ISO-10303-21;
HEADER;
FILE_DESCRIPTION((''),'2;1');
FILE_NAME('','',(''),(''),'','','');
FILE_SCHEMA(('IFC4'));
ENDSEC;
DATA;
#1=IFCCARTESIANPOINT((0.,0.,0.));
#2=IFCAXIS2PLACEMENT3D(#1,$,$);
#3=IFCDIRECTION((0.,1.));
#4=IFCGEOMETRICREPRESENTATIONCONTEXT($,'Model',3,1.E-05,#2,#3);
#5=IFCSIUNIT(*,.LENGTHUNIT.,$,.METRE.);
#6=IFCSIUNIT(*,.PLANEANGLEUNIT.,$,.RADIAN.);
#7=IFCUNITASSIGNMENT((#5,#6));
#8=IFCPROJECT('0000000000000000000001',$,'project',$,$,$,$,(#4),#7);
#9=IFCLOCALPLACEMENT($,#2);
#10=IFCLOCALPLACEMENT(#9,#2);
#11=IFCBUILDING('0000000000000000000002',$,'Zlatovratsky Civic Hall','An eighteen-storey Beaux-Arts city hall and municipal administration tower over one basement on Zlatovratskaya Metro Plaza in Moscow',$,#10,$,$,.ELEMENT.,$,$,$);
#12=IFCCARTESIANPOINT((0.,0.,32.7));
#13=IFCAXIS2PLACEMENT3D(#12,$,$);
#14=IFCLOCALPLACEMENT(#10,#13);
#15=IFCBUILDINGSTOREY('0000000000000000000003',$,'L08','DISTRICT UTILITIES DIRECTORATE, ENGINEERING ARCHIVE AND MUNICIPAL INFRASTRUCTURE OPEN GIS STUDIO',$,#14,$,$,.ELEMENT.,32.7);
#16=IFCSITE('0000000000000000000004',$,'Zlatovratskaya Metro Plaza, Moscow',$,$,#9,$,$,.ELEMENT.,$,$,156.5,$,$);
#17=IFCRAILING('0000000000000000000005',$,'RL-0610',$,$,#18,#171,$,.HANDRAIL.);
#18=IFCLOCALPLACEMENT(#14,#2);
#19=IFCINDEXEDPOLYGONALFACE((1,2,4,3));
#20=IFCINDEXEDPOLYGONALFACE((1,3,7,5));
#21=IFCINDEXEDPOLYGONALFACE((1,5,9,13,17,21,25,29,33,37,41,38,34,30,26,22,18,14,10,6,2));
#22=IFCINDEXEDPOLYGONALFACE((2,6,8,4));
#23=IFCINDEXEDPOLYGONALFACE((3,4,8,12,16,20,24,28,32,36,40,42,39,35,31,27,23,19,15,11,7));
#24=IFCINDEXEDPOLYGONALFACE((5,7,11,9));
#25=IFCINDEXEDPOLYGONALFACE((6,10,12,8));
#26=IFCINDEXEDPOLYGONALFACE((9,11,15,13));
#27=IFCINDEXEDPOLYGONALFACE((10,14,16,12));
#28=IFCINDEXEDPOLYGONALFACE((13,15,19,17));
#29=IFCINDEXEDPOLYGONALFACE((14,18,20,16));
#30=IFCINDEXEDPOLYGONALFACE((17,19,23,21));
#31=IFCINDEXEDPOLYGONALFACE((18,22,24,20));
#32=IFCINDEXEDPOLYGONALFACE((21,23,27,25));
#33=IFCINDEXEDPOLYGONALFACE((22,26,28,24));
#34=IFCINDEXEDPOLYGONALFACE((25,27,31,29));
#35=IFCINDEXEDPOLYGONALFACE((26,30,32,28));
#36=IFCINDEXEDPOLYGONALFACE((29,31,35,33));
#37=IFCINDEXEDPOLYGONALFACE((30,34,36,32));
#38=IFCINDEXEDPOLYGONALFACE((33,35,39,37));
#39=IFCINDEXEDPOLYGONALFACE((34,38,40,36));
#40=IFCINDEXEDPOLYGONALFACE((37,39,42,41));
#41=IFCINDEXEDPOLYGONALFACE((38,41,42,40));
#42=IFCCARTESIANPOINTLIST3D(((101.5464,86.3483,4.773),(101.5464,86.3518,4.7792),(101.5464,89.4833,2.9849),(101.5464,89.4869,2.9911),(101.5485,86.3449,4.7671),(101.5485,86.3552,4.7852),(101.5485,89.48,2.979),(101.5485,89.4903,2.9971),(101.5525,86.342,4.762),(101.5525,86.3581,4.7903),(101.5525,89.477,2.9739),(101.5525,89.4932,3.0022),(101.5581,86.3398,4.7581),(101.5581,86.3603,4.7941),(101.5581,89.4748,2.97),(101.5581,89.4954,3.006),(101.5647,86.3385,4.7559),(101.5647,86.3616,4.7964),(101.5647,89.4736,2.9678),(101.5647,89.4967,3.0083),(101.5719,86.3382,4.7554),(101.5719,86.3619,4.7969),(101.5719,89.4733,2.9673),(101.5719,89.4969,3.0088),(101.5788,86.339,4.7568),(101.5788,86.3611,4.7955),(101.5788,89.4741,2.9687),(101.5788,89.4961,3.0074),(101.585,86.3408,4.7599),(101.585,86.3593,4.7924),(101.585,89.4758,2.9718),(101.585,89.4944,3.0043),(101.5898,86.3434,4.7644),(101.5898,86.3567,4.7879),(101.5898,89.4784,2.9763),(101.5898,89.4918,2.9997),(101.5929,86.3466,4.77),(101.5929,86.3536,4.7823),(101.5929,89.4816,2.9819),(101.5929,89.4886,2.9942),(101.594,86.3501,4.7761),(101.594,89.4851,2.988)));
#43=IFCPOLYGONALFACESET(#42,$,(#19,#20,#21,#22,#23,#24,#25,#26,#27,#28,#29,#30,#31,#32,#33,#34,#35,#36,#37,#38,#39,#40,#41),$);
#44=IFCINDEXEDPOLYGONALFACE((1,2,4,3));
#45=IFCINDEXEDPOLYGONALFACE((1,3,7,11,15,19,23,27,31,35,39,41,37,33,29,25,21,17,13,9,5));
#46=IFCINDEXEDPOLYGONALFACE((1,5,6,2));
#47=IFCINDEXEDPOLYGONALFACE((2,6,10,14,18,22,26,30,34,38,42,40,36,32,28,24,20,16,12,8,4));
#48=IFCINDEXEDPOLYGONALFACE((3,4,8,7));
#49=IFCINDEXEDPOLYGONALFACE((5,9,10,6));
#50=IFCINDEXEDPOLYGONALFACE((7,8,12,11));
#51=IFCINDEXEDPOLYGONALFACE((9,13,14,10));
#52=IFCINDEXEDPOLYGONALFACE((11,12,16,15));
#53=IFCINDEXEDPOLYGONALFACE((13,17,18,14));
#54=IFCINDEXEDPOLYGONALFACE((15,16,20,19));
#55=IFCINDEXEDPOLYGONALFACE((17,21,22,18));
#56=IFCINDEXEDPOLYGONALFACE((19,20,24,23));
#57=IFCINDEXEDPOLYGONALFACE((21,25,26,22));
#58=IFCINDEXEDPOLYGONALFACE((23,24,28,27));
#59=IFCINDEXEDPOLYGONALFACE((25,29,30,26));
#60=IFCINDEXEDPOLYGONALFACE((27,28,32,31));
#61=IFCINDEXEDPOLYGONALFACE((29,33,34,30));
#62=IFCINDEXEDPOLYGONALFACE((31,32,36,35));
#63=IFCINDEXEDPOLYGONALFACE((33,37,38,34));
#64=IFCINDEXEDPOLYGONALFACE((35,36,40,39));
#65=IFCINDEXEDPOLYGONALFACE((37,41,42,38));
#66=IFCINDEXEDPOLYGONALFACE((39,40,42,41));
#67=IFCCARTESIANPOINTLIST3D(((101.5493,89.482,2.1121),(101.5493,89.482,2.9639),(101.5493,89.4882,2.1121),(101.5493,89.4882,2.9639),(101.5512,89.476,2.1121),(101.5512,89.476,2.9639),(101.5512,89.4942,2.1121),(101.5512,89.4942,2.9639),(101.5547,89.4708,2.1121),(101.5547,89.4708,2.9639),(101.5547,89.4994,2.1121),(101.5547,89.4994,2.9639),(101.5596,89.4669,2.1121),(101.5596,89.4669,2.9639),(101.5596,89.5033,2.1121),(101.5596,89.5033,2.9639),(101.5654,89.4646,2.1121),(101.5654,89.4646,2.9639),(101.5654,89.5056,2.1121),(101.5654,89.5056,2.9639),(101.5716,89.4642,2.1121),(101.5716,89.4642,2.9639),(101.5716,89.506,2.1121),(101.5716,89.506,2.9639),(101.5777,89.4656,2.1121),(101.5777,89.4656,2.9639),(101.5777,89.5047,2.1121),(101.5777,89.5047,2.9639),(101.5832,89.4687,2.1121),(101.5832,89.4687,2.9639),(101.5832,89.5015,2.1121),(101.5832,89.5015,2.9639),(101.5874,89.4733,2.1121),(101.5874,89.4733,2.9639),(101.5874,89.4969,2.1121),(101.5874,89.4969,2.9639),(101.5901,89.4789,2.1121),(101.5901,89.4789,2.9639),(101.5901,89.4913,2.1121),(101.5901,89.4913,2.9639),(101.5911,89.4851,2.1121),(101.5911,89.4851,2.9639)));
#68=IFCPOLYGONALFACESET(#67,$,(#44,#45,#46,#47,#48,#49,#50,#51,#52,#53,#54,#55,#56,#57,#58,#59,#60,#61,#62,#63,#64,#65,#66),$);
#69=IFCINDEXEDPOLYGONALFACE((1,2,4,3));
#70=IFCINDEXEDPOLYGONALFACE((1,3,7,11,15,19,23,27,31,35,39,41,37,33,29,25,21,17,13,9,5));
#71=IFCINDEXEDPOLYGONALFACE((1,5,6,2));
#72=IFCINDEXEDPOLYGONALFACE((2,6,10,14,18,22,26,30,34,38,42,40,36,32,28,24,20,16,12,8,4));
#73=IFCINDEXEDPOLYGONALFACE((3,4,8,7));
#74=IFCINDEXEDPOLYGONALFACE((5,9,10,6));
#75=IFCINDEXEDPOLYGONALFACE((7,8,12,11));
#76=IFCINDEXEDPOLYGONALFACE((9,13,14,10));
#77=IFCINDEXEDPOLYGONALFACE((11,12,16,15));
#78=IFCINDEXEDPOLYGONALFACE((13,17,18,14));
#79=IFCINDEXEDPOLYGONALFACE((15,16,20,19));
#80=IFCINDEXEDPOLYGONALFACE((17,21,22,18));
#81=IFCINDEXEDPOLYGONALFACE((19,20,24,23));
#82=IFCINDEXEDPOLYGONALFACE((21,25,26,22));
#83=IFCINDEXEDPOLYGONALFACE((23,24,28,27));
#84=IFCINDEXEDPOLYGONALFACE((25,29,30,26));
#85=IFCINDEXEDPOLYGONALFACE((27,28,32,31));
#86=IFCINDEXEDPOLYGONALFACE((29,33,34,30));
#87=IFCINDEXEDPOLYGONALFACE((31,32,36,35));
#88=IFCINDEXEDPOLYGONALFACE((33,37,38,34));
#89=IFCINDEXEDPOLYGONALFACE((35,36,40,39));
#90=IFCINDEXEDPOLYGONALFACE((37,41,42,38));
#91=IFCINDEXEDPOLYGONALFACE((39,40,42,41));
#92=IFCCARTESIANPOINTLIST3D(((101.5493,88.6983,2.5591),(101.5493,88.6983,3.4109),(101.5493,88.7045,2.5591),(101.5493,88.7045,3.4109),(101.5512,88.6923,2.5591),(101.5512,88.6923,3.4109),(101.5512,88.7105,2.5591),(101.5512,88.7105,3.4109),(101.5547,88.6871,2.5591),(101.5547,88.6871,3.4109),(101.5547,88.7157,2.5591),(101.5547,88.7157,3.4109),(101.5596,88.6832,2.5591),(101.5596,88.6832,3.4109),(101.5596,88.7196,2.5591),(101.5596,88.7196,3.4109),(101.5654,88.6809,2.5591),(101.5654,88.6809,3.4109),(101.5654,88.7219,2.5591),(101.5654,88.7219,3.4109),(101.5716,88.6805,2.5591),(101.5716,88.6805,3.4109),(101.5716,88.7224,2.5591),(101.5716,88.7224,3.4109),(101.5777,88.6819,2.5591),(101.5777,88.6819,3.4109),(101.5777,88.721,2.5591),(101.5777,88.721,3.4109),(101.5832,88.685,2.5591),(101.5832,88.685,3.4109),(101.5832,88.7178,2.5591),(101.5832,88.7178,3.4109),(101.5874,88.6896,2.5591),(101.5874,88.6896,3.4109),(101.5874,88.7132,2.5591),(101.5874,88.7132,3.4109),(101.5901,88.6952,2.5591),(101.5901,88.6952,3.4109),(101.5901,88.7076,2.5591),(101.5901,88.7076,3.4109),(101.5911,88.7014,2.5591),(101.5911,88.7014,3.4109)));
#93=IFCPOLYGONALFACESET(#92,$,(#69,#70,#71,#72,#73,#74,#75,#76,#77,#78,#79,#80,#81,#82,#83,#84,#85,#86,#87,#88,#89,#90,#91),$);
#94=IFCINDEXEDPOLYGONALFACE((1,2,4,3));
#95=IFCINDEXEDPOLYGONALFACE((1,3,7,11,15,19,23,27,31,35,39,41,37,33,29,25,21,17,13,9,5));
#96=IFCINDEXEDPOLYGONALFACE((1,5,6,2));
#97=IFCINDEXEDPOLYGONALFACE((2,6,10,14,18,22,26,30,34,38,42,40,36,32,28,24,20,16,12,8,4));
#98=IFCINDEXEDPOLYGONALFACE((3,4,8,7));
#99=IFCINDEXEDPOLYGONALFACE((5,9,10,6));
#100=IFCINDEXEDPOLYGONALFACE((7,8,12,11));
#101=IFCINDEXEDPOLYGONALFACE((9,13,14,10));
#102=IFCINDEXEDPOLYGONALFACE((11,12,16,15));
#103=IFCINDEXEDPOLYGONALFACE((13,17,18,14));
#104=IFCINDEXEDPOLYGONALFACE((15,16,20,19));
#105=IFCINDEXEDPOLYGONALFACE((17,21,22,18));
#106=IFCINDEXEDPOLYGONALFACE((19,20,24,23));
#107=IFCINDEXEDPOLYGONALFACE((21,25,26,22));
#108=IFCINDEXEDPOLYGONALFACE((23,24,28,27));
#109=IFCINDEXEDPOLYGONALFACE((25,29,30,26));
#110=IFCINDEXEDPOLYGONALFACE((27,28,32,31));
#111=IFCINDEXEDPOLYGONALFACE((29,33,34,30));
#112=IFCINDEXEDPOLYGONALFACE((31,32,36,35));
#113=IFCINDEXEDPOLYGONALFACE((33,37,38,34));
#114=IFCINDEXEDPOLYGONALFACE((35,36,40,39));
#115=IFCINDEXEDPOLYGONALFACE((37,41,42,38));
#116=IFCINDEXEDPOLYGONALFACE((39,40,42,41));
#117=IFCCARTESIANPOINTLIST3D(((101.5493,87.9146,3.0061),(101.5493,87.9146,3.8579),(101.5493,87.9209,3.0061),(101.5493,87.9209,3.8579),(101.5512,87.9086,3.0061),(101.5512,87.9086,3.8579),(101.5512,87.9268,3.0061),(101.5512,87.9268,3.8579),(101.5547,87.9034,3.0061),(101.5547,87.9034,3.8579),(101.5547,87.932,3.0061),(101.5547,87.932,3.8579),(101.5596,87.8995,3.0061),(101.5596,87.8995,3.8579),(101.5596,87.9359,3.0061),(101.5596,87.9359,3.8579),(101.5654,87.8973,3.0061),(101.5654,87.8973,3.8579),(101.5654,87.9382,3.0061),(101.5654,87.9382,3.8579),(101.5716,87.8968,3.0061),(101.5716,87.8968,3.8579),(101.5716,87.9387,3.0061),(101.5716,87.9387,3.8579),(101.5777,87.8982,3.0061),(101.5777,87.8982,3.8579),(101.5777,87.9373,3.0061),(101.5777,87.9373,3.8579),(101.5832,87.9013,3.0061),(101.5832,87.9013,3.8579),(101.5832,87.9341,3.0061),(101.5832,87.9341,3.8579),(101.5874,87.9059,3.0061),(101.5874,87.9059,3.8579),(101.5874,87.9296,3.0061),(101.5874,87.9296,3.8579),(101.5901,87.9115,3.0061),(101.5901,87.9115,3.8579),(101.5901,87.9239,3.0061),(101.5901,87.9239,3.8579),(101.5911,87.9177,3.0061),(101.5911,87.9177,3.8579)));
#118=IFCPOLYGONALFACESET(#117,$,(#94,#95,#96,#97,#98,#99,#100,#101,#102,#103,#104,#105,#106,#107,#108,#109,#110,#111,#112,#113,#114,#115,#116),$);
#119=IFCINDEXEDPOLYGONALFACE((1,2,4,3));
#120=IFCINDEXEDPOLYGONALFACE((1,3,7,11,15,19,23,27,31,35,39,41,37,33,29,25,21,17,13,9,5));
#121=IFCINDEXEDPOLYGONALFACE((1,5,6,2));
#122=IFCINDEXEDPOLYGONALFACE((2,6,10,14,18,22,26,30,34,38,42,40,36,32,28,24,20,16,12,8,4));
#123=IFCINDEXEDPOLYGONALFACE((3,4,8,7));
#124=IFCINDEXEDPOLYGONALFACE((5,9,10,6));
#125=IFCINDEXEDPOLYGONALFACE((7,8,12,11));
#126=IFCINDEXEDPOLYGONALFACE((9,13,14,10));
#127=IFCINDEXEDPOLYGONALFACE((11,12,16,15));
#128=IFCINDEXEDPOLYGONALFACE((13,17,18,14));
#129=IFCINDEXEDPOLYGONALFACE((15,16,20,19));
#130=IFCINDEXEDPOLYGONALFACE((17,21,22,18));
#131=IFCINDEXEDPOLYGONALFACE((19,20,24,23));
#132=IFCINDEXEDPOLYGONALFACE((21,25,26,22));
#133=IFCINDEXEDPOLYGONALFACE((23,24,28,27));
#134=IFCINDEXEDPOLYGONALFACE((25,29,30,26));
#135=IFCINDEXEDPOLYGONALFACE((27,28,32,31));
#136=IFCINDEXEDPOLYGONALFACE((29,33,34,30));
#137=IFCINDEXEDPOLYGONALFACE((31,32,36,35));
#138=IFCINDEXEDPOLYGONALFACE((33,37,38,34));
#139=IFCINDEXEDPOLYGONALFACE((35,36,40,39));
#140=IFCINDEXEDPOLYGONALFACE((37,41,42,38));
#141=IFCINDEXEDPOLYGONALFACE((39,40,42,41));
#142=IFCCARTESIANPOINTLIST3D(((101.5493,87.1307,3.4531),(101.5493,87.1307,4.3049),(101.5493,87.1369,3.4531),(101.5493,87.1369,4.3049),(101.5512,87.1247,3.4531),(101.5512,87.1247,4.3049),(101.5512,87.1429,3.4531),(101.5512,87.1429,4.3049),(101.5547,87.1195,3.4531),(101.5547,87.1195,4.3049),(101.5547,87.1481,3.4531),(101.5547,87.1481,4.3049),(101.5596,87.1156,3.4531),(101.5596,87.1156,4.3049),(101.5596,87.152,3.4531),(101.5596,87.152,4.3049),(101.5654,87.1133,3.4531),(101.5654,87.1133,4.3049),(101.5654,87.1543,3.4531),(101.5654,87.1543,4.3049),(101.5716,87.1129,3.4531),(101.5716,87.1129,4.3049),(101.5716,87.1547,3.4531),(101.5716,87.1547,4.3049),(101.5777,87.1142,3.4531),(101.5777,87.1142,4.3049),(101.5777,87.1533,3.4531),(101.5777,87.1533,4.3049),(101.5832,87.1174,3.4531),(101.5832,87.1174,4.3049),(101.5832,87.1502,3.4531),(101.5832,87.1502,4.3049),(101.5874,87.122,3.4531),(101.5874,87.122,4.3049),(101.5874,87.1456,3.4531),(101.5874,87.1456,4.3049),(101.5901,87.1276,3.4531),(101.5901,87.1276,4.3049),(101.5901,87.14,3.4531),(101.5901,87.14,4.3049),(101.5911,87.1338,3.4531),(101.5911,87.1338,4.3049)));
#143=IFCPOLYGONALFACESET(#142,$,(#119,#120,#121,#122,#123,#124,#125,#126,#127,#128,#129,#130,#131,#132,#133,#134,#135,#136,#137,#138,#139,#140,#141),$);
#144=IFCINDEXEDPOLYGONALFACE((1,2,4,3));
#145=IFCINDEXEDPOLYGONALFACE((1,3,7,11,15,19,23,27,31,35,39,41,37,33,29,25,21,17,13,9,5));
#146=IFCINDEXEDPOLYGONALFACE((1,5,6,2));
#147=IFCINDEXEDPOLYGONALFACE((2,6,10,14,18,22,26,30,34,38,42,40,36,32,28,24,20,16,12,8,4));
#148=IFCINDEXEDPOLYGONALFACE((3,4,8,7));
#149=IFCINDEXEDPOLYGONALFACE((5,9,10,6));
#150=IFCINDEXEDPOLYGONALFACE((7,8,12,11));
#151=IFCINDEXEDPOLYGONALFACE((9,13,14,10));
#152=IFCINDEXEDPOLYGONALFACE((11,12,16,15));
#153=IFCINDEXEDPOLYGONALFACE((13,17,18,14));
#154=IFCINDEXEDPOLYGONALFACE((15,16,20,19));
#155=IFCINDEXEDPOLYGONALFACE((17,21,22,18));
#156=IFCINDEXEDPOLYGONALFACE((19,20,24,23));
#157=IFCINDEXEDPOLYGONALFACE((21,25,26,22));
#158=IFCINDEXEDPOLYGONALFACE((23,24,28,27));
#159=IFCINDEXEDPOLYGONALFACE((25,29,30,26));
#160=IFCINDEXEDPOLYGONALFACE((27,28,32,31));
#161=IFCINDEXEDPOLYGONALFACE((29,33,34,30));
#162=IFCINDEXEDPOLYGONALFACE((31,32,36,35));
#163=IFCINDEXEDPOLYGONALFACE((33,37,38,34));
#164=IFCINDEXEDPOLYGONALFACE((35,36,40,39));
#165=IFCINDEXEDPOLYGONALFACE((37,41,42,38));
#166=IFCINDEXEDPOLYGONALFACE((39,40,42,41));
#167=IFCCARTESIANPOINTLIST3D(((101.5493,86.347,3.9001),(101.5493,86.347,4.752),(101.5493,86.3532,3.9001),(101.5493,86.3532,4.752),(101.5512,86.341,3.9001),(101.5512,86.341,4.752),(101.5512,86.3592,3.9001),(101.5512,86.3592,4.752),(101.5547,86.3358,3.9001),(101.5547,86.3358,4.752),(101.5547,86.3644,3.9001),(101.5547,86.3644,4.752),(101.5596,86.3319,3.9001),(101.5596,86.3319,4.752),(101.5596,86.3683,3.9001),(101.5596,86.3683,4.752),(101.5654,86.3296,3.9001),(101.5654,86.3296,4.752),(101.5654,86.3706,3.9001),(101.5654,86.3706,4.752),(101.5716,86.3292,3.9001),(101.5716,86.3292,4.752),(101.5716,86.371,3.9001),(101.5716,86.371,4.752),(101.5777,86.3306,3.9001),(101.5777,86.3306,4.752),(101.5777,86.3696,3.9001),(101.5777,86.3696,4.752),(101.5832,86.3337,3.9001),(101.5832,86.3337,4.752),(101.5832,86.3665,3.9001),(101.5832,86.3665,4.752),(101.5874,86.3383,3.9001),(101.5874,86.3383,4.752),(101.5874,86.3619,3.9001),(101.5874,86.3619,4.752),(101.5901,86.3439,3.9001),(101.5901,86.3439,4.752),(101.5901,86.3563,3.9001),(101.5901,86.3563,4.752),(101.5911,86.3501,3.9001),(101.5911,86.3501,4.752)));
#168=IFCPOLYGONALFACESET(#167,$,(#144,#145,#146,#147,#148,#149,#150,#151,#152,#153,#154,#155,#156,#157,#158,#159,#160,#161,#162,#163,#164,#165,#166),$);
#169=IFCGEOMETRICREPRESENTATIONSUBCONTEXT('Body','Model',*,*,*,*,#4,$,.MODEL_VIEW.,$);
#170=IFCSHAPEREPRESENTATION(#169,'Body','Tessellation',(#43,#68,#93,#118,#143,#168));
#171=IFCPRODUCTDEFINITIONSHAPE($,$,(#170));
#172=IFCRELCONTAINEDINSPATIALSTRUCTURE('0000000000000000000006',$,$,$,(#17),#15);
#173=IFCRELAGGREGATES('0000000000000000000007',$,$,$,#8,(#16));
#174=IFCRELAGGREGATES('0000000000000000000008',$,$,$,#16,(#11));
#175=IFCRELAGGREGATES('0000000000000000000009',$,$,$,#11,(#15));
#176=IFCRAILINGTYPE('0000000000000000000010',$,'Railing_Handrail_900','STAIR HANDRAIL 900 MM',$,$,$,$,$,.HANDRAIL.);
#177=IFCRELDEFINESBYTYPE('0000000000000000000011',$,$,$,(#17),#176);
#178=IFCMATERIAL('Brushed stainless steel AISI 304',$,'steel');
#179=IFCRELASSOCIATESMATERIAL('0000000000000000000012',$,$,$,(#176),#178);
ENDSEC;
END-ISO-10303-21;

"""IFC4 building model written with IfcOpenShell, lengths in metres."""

from ifc_helpers import new_model, si_unit, direction, frame, origin, origin_2d, place, context, subcontext, project, spatial, circle, extrude, material, type_object, element, save


model = new_model("IFC4")

# Units and contexts
model_context = context("Model", 3, precision=1e-05, world=origin(), true_north=direction((0.0, 1.0)))
body_context = subcontext(model_context, "Body", "Model", "MODEL_VIEW")
ifc_project = project(units=[si_unit("LENGTHUNIT", "METRE"), si_unit("PLANEANGLEUNIT", "RADIAN")], contexts=[model_context])

# Site, building, storey
site_placement = place(None, origin())
site = spatial("IfcSite", under=ifc_project, at=site_placement, Name="Zlatovratskaya Metro Plaza, Moscow", CompositionType="ELEMENT", RefElevation=156.5)
building_placement = place(site_placement, origin())
building = spatial("IfcBuilding", under=site, at=building_placement, Name="Zlatovratsky Civic Hall", Description="An eighteen-storey Beaux-Arts city hall and municipal administration tower over one basement on Zlatovratskaya Metro Plaza in Moscow", CompositionType="ELEMENT")
storey_placement = place(building_placement, frame((0.0, 0.0, 32.7)))
storey = spatial("IfcBuildingStorey", under=building, at=storey_placement, Name="L08", Description="DISTRICT UTILITIES DIRECTORATE, ENGINEERING ARCHIVE AND MUNICIPAL INFRASTRUCTURE OPEN GIS STUDIO", CompositionType="ELEMENT", Elevation=32.7)

# Railing
ifc_material_1 = material(Name="Brushed stainless steel AISI 304", Category="steel")
railing_type_1 = type_object("IfcRailingType", Name="Railing_Handrail_900", Description="STAIR HANDRAIL 900 MM", PredefinedType="HANDRAIL", material=ifc_material_1)
railing_1_placement = place(storey_placement, frame((101.5701, 89.4851, 2.1121)))
element("IfcRailing", 1, at=railing_1_placement, inside=storey, type_object=railing_type_1, Name="RL-0610", PredefinedType="HANDRAIL", context=body_context, shape_type="SweptSolid", body=[
    extrude(circle(Radius=0.0239, at=origin_2d()), frame((0.0, 0.0, 0.876), z_axis=(0.0, -0.868642, 0.495439), x_axis=(1.0, 0.0, 0.0)), (0.0, 0.0, 1.0), 3.6091),
    extrude(circle(Radius=0.021, at=origin_2d()), origin(), (0.0, 0.0, 1.0), 0.8518),
    extrude(circle(Radius=0.021, at=origin_2d()), frame((0.0, -0.7837, 0.447)), (0.0, 0.0, 1.0), 0.8518),
    extrude(circle(Radius=0.021, at=origin_2d()), frame((0.0, -1.5674, 0.894)), (0.0, 0.0, 1.0), 0.8518),
    extrude(circle(Radius=0.021, at=origin_2d()), frame((0.0, -2.3513, 1.3411)), (0.0, 0.0, 1.0), 0.8518),
    extrude(circle(Radius=0.021, at=origin_2d()), frame((0.0, -3.135, 1.7881)), (0.0, 0.0, 1.0), 0.8518),
])

save(model, "model.ifc")
